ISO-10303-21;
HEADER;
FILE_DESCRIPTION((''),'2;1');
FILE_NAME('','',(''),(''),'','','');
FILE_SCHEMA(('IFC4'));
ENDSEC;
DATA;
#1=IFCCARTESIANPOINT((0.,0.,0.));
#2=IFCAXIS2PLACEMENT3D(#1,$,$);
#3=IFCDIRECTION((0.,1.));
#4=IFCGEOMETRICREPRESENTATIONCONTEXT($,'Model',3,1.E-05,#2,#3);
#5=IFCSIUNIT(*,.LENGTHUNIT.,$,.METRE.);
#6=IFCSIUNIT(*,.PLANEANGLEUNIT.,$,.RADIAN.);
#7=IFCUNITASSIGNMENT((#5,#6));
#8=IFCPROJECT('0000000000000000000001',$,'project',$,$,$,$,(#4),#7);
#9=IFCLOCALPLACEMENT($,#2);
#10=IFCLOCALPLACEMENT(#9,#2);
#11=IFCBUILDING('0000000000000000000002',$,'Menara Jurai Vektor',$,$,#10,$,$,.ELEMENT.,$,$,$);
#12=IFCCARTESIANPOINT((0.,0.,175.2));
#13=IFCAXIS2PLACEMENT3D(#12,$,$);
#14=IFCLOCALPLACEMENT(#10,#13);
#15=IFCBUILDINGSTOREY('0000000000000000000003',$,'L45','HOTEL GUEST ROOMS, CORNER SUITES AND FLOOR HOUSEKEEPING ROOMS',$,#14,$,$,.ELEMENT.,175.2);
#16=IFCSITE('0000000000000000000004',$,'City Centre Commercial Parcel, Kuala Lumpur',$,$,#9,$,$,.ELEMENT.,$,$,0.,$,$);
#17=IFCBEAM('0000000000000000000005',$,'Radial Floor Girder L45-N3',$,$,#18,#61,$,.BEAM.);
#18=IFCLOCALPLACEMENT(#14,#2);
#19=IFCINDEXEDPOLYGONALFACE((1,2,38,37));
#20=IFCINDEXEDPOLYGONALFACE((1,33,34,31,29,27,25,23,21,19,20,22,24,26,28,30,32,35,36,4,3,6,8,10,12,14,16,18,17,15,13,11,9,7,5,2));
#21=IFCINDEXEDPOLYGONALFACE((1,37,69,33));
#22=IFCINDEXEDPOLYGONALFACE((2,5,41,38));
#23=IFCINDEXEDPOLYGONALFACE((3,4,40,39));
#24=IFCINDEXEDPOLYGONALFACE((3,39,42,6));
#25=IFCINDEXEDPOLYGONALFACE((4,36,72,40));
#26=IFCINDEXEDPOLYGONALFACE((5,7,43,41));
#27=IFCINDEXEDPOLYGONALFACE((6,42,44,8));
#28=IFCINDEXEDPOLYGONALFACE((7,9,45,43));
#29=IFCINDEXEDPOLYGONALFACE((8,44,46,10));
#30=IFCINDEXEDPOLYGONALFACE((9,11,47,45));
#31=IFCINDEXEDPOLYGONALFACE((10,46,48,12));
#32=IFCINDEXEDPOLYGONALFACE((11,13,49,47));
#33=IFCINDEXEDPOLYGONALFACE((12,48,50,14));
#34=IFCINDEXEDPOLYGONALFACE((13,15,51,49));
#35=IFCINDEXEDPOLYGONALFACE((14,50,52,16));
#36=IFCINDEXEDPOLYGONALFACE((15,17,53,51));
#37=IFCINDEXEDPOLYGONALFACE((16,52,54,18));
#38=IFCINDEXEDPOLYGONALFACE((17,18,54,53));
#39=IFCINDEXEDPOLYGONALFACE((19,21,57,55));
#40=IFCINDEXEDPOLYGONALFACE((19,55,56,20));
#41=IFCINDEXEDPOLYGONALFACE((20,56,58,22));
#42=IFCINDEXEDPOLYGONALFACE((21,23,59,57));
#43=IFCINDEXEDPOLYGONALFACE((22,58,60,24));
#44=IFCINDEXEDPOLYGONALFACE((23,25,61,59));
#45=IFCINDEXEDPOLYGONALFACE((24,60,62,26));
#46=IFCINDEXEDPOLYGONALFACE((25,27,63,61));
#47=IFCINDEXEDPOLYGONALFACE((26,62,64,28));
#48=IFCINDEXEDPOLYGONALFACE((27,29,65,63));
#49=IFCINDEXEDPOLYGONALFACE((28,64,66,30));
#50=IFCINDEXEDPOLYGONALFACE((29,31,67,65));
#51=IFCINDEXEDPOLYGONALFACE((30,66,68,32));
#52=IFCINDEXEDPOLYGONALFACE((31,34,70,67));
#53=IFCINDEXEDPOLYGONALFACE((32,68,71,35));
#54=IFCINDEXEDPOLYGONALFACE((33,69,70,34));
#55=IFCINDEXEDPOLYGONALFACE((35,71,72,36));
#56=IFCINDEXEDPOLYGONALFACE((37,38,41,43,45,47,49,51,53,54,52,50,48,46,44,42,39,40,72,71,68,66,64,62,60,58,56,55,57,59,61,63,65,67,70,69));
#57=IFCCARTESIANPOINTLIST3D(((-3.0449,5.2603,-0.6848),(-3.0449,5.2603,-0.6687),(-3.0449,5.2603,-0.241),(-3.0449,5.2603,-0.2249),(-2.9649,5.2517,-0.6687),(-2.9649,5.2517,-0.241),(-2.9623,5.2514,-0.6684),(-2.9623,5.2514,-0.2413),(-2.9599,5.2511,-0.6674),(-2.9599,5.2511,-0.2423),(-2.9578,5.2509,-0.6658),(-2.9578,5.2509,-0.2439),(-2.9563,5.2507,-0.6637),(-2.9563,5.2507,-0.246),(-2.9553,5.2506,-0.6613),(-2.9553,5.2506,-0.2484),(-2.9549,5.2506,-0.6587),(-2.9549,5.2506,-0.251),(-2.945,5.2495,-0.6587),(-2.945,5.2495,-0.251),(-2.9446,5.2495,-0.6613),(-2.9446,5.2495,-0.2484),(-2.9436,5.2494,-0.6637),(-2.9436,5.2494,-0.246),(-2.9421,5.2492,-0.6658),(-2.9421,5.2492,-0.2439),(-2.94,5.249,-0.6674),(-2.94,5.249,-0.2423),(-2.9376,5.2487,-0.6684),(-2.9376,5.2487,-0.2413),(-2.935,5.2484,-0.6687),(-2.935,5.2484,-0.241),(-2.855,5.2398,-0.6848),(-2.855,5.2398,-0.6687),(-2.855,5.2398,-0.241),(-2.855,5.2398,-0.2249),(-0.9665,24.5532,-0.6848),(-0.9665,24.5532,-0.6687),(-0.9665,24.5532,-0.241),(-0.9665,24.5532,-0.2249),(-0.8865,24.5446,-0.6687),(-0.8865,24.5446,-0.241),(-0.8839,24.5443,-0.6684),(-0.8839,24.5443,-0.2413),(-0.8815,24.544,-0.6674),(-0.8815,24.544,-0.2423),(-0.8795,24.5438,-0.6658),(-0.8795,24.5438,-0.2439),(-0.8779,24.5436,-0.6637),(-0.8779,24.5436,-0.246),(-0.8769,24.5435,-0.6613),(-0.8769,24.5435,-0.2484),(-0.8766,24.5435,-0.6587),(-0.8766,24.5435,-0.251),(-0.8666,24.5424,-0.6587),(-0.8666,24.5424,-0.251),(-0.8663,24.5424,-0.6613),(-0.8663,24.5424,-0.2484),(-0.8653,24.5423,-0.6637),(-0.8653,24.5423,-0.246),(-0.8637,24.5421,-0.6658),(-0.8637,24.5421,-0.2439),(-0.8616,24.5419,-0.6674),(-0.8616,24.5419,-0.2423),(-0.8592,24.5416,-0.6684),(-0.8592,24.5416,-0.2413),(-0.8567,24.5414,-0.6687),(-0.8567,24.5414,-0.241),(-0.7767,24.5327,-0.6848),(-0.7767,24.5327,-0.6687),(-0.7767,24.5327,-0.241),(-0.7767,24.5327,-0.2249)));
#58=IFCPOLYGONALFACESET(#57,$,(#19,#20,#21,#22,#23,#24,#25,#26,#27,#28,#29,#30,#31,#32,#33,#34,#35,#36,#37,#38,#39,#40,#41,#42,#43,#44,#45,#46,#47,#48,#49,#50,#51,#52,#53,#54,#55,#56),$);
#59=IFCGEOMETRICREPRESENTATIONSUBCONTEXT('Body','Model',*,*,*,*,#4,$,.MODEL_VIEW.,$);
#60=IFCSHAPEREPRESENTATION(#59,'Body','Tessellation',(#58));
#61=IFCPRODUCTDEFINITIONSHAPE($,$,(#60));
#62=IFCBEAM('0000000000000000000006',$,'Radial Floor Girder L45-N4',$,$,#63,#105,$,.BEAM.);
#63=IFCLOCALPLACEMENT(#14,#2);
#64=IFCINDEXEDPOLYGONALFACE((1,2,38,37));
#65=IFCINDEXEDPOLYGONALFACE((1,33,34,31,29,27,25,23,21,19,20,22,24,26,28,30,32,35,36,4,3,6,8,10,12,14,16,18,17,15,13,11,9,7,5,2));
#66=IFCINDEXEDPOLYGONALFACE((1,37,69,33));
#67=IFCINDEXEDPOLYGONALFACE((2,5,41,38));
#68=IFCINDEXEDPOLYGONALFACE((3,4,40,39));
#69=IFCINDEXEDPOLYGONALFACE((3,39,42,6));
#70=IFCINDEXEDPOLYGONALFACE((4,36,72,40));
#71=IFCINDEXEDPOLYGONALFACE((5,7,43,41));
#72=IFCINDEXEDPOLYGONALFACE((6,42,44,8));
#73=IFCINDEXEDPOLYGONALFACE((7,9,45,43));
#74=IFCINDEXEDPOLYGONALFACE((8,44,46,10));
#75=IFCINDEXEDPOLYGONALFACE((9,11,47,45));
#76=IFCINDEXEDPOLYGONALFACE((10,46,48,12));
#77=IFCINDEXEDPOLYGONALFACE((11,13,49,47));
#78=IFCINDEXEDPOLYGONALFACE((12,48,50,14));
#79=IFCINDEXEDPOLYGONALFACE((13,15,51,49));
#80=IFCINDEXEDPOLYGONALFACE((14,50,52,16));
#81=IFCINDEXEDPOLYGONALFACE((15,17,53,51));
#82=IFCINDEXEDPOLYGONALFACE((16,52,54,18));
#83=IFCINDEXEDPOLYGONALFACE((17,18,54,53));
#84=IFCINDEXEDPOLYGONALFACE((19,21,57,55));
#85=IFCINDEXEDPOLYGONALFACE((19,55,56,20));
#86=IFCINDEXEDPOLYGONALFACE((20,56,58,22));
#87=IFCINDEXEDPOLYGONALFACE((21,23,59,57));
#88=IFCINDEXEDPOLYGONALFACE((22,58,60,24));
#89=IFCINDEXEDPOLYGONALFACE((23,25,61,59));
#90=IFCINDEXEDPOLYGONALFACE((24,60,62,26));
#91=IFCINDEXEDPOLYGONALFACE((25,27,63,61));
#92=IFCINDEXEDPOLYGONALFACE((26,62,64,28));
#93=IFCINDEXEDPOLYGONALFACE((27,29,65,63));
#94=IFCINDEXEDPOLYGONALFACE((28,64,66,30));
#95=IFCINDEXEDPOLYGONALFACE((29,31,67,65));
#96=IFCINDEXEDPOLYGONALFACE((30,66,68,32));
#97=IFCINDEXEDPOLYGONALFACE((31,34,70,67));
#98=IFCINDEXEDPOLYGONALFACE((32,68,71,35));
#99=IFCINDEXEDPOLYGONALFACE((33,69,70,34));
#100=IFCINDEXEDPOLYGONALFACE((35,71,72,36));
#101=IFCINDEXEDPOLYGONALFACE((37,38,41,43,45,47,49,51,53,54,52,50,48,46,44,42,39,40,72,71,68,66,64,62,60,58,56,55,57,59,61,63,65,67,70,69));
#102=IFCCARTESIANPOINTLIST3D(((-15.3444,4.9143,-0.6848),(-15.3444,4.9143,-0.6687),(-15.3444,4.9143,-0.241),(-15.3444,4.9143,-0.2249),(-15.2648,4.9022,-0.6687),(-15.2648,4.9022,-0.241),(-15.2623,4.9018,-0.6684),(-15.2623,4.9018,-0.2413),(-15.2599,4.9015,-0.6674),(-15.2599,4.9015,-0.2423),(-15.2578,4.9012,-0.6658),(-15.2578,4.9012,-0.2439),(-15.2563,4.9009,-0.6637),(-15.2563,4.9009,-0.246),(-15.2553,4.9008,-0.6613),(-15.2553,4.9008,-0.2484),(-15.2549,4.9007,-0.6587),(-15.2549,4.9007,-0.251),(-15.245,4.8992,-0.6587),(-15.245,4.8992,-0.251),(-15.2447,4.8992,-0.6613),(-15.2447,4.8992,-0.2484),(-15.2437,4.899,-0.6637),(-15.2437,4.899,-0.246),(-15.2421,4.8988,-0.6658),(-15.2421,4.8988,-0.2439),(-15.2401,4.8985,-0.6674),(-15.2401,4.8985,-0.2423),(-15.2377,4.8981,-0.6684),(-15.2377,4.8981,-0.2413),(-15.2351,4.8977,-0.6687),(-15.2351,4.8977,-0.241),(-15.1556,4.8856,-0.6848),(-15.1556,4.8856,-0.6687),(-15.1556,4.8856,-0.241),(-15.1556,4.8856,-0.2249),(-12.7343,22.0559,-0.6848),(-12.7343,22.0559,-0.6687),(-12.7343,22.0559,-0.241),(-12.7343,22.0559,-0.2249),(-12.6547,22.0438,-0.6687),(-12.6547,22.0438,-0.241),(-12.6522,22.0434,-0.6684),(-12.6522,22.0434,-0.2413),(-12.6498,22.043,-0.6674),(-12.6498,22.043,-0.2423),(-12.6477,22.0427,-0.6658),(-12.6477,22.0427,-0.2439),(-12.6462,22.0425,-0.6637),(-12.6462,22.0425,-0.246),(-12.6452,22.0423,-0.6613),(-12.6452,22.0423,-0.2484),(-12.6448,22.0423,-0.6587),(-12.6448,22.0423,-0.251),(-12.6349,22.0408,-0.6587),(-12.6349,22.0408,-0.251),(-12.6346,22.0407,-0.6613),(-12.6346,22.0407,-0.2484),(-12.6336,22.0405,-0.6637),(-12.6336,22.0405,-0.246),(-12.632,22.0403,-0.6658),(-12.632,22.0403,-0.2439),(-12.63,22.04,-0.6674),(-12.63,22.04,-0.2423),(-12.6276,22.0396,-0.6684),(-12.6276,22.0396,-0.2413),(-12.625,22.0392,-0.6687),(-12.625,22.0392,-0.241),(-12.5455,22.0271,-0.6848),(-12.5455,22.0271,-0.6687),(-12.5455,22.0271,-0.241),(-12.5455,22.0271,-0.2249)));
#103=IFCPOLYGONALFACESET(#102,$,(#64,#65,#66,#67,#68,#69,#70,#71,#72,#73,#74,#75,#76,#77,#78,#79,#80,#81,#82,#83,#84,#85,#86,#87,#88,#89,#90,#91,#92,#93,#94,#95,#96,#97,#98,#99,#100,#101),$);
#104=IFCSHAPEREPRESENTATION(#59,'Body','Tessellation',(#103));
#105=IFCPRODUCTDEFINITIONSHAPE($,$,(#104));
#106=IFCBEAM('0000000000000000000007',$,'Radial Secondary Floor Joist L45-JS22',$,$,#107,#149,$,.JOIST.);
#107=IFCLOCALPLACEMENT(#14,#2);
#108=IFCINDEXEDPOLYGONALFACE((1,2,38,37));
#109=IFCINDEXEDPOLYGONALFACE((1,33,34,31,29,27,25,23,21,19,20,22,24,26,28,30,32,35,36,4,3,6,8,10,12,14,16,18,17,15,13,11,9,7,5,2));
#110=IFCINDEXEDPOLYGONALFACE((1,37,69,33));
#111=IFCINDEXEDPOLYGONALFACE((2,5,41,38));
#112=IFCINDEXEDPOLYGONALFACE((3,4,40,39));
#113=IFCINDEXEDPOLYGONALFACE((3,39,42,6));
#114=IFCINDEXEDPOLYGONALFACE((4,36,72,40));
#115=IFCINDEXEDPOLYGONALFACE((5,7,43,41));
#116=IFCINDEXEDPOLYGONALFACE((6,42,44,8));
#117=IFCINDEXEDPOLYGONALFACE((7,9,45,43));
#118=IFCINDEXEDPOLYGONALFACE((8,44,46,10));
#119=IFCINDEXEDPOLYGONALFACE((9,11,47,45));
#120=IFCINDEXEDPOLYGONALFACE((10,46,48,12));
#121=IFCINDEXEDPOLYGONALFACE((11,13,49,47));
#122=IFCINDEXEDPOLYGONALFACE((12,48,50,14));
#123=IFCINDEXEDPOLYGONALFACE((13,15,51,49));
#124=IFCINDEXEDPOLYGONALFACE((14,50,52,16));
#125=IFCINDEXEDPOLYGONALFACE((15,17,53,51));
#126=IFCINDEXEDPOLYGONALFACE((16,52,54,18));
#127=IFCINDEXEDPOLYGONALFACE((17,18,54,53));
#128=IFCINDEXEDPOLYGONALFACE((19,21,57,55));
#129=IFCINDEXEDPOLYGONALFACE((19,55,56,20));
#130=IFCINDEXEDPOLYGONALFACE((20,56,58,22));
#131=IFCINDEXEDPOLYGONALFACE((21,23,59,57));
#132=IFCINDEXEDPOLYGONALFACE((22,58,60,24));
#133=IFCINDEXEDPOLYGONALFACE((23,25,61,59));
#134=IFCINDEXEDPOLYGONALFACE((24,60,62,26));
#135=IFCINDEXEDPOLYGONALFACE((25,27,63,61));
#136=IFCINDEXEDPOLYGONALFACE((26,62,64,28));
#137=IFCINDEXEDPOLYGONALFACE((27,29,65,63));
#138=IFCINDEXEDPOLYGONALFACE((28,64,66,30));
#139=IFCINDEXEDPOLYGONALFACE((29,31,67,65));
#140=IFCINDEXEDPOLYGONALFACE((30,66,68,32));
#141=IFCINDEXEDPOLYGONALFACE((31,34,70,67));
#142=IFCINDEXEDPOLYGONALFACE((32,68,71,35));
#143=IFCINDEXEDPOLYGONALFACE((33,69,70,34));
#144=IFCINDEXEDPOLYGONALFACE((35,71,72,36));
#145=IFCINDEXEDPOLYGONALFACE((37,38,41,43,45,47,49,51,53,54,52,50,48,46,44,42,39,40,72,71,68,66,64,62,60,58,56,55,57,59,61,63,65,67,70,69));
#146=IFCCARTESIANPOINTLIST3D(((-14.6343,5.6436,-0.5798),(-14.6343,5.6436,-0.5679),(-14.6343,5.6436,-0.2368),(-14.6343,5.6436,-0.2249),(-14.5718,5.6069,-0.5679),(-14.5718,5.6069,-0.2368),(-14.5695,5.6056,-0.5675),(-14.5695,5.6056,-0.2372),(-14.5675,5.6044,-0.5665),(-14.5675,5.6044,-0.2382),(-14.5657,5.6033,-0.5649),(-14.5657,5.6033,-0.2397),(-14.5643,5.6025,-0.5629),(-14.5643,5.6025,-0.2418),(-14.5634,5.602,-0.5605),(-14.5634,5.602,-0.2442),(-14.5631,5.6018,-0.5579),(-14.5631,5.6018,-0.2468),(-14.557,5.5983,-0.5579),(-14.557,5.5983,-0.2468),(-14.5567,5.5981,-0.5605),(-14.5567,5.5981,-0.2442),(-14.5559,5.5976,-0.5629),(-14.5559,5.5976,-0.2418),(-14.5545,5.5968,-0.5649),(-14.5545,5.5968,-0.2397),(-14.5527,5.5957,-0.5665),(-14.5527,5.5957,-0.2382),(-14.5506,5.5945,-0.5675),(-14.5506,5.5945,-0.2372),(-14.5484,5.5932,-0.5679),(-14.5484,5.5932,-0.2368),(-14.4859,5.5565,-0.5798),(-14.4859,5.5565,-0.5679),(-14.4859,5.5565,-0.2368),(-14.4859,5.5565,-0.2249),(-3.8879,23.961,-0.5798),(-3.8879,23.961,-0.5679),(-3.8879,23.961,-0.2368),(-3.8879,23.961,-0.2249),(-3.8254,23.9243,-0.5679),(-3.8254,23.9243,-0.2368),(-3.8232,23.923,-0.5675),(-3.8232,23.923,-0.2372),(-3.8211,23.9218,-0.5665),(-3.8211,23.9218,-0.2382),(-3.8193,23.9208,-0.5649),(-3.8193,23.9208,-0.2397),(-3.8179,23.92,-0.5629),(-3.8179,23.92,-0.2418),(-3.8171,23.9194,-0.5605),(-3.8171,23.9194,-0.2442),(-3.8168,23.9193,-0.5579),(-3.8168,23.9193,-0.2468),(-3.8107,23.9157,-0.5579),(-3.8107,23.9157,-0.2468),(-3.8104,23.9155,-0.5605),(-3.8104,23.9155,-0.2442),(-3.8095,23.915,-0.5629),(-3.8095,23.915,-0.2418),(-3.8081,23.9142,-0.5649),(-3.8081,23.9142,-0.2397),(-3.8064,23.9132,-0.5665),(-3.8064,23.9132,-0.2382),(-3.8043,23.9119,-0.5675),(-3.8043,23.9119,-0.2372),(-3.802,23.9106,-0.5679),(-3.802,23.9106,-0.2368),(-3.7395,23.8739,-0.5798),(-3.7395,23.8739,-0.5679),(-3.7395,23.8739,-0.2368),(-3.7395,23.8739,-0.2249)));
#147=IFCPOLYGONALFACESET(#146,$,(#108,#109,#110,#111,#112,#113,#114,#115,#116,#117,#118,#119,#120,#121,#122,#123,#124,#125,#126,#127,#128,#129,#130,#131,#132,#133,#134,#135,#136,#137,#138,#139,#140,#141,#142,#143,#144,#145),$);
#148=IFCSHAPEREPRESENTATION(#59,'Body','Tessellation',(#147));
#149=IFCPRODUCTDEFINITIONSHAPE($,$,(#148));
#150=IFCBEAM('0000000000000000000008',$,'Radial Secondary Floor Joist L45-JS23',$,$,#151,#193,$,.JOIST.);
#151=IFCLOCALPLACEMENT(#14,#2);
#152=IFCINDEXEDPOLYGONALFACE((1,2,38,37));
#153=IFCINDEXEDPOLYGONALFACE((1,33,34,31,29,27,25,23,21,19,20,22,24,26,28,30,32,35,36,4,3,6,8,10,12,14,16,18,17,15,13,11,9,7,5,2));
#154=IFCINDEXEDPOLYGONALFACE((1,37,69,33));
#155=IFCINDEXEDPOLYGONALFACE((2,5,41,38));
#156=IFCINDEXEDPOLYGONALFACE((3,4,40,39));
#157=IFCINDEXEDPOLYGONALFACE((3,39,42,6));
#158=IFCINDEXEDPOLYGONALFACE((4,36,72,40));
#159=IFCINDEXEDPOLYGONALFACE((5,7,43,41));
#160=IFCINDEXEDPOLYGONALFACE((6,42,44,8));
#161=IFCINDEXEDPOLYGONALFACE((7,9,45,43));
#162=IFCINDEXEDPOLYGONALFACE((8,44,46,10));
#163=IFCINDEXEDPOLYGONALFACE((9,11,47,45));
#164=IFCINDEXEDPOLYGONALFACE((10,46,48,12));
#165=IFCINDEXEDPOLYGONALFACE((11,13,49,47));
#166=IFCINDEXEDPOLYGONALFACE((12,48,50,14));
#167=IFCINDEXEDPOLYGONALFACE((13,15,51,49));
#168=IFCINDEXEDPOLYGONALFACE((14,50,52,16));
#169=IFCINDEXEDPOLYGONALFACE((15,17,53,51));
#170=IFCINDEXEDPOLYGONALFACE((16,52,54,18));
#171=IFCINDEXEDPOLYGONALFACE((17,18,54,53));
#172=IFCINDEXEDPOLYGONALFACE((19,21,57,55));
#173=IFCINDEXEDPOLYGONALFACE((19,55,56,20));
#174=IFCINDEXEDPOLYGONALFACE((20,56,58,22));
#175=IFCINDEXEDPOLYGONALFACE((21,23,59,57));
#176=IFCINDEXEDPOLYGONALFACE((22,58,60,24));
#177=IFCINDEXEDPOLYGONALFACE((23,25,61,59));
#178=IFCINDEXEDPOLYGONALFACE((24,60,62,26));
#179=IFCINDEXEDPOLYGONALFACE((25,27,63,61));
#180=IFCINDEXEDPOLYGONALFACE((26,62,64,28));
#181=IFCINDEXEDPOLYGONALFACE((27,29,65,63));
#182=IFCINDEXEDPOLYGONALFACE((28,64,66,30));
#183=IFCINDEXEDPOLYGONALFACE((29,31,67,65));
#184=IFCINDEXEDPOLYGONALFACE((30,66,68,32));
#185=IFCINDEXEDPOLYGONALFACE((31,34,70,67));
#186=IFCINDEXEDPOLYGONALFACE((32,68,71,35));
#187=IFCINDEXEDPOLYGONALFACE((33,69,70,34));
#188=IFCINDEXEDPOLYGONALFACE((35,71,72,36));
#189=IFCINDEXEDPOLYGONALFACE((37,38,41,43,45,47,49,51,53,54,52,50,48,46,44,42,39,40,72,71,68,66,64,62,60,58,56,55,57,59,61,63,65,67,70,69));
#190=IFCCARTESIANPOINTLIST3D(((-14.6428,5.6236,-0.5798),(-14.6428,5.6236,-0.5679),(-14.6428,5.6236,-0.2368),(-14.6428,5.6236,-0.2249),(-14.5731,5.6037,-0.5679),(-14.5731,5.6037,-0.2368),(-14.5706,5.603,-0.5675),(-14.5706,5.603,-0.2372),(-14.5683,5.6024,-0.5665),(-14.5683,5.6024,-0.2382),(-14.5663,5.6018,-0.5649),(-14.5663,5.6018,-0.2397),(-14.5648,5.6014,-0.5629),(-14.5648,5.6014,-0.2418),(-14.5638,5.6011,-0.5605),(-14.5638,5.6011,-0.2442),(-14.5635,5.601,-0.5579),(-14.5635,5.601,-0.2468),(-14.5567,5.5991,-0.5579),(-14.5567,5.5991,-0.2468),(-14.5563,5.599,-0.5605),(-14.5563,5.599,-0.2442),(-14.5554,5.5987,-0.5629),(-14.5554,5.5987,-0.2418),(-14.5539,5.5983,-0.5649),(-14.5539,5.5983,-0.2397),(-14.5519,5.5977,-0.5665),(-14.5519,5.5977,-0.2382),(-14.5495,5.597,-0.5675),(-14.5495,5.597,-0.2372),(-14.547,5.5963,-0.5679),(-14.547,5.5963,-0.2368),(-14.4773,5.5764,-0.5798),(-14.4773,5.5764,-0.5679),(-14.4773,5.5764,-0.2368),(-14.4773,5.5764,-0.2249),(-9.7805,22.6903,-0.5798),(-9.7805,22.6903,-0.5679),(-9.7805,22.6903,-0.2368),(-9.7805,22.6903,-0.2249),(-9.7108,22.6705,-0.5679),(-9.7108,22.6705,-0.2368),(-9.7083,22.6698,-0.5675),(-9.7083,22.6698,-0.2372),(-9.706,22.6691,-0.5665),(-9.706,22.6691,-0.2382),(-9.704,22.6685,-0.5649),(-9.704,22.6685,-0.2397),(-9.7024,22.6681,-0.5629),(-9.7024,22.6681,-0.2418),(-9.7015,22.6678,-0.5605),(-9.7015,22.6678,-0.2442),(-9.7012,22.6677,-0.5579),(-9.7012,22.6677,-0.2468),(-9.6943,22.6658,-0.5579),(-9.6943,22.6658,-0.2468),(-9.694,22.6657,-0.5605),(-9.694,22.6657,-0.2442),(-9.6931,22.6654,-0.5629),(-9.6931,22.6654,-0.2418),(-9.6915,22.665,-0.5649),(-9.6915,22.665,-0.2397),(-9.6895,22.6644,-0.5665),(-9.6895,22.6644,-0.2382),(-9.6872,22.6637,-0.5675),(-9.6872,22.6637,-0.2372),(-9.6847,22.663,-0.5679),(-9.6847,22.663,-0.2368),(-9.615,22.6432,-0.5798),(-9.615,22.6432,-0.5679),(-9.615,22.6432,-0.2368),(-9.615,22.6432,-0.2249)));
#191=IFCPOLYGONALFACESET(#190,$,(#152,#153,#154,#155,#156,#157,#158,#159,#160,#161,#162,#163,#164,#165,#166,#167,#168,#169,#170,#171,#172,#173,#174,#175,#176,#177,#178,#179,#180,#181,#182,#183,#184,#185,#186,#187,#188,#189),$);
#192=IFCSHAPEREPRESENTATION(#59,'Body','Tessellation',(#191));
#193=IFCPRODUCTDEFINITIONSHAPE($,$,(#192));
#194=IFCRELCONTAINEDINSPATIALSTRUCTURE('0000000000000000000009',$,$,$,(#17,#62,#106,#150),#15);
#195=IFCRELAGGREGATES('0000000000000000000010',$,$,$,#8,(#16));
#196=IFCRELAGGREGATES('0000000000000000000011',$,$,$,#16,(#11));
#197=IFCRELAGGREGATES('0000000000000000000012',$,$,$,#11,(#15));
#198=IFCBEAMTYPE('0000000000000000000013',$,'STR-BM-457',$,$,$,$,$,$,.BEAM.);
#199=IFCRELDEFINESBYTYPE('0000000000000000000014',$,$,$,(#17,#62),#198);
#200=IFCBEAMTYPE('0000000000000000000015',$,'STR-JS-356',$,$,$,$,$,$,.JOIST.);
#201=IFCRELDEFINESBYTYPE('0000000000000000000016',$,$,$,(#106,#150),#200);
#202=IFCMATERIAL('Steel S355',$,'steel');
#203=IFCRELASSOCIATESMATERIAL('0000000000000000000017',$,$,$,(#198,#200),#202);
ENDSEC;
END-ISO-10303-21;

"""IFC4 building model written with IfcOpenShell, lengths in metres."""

from ifc_helpers import new_model, si_unit, direction, frame, origin, origin_2d, place, context, subcontext, project, spatial, i_section, extrude, material, material_profile, profile_set, type_object, element, save


model = new_model("IFC4")

# Units and contexts
model_context = context("Model", 3, precision=1e-05, world=origin(), true_north=direction((0.0, 1.0)))
body_context = subcontext(model_context, "Body", "Model", "MODEL_VIEW")
ifc_project = project(units=[si_unit("LENGTHUNIT", "METRE"), si_unit("PLANEANGLEUNIT", "RADIAN")], contexts=[model_context])

# Site, building, storey
site_placement = place(None, origin())
site = spatial("IfcSite", under=ifc_project, at=site_placement, Name="City Centre Commercial Parcel, Kuala Lumpur", CompositionType="ELEMENT", RefElevation=0.0)
building_placement = place(site_placement, origin())
building = spatial("IfcBuilding", under=site, at=building_placement, Name="Menara Jurai Vektor", CompositionType="ELEMENT")
storey_placement = place(building_placement, frame((0.0, 0.0, 175.2)))
storey = spatial("IfcBuildingStorey", under=building, at=storey_placement, Name="L45", Description="HOTEL GUEST ROOMS, CORNER SUITES AND FLOOR HOUSEKEEPING ROOMS", CompositionType="ELEMENT", Elevation=175.2)

# Beams
ifc_material_1 = material(Name="Steel S355", Category="steel")
ifc_material_profile_1 = material_profile(ifc_material_1, i_section(OverallWidth=0.1909, OverallDepth=0.46, WebThickness=0.01, FlangeThickness=0.0161, FilletRadius=0.01, at=origin_2d()), Name="UKB 457x191x82")
ifc_profile_set_1 = profile_set([ifc_material_profile_1], Name="Steel S355")
beam_type_1 = type_object("IfcBeamType", Name="STR-BM-457", PredefinedType="BEAM", material=ifc_profile_set_1)
beam_1_placement = place(storey_placement, frame((-0.8716, 24.543, -0.4548), z_axis=(-0.107107, -0.994247, 0.0), x_axis=(0.994247, -0.107107, 0.0)))
element("IfcBeam", 1, at=beam_1_placement, inside=storey, type_object=beam_type_1, Name="Radial Floor Girder L45-N3", PredefinedType="BEAM", context=body_context, shape_type="SweptSolid", body=[
    extrude(i_section(OverallWidth=0.1909, OverallDepth=0.46, WebThickness=0.01, FlangeThickness=0.0161, FilletRadius=0.01, at=origin_2d()), origin(), (0.0, 0.0, 1.0), 19.4045),
])
beam_2_placement = place(storey_placement, frame((-12.6399, 22.0415, -0.4548), z_axis=(-0.150532, -0.988605, 0.0), x_axis=(0.988605, -0.150532, 0.0)))
element("IfcBeam", 2, at=beam_2_placement, inside=storey, type_object=beam_type_1, Name="Radial Floor Girder L45-N4", PredefinedType="BEAM", context=body_context, shape_type="SweptSolid", body=[
    extrude(i_section(OverallWidth=0.1909, OverallDepth=0.46, WebThickness=0.01, FlangeThickness=0.0161, FilletRadius=0.01, at=origin_2d()), origin(), (0.0, 0.0, 1.0), 17.3391),
])
ifc_material_profile_2 = material_profile(ifc_material_1, i_section(OverallWidth=0.1721, OverallDepth=0.355, WebThickness=0.0071, FlangeThickness=0.012, FilletRadius=0.01, at=origin_2d()), Name="UKB 356x171x51")
ifc_profile_set_2 = profile_set([ifc_material_profile_2], Name="Steel S355")
beam_type_2 = type_object("IfcBeamType", Name="STR-JS-356", PredefinedType="JOIST", material=ifc_profile_set_2)
beam_3_placement = place(storey_placement, frame((-3.8137, 23.9175, -0.4023), z_axis=(-0.50602, -0.862522, 0.0), x_axis=(0.862522, -0.50602, 0.0)))
element("IfcBeam", 3, at=beam_3_placement, inside=storey, type_object=beam_type_2, Name="Radial Secondary Floor Joist L45-JS22", PredefinedType="JOIST", context=body_context, shape_type="SweptSolid", body=[
    extrude(i_section(OverallWidth=0.1721, OverallDepth=0.355, WebThickness=0.0071, FlangeThickness=0.012, FilletRadius=0.01, at=origin_2d()), origin(), (0.0, 0.0, 1.0), 21.2371),
])
beam_4_placement = place(storey_placement, frame((-9.6978, 22.6667, -0.4023), z_axis=(-0.273998, -0.96173, 0.0), x_axis=(0.96173, -0.273998, 0.0)))
element("IfcBeam", 4, at=beam_4_placement, inside=storey, type_object=beam_type_2, Name="Radial Secondary Floor Joist L45-JS23", PredefinedType="JOIST", context=body_context, shape_type="SweptSolid", body=[
    extrude(i_section(OverallWidth=0.1721, OverallDepth=0.355, WebThickness=0.0071, FlangeThickness=0.012, FilletRadius=0.01, at=origin_2d()), origin(), (0.0, 0.0, 1.0), 17.7458),
])

save(model, "model.ifc")
